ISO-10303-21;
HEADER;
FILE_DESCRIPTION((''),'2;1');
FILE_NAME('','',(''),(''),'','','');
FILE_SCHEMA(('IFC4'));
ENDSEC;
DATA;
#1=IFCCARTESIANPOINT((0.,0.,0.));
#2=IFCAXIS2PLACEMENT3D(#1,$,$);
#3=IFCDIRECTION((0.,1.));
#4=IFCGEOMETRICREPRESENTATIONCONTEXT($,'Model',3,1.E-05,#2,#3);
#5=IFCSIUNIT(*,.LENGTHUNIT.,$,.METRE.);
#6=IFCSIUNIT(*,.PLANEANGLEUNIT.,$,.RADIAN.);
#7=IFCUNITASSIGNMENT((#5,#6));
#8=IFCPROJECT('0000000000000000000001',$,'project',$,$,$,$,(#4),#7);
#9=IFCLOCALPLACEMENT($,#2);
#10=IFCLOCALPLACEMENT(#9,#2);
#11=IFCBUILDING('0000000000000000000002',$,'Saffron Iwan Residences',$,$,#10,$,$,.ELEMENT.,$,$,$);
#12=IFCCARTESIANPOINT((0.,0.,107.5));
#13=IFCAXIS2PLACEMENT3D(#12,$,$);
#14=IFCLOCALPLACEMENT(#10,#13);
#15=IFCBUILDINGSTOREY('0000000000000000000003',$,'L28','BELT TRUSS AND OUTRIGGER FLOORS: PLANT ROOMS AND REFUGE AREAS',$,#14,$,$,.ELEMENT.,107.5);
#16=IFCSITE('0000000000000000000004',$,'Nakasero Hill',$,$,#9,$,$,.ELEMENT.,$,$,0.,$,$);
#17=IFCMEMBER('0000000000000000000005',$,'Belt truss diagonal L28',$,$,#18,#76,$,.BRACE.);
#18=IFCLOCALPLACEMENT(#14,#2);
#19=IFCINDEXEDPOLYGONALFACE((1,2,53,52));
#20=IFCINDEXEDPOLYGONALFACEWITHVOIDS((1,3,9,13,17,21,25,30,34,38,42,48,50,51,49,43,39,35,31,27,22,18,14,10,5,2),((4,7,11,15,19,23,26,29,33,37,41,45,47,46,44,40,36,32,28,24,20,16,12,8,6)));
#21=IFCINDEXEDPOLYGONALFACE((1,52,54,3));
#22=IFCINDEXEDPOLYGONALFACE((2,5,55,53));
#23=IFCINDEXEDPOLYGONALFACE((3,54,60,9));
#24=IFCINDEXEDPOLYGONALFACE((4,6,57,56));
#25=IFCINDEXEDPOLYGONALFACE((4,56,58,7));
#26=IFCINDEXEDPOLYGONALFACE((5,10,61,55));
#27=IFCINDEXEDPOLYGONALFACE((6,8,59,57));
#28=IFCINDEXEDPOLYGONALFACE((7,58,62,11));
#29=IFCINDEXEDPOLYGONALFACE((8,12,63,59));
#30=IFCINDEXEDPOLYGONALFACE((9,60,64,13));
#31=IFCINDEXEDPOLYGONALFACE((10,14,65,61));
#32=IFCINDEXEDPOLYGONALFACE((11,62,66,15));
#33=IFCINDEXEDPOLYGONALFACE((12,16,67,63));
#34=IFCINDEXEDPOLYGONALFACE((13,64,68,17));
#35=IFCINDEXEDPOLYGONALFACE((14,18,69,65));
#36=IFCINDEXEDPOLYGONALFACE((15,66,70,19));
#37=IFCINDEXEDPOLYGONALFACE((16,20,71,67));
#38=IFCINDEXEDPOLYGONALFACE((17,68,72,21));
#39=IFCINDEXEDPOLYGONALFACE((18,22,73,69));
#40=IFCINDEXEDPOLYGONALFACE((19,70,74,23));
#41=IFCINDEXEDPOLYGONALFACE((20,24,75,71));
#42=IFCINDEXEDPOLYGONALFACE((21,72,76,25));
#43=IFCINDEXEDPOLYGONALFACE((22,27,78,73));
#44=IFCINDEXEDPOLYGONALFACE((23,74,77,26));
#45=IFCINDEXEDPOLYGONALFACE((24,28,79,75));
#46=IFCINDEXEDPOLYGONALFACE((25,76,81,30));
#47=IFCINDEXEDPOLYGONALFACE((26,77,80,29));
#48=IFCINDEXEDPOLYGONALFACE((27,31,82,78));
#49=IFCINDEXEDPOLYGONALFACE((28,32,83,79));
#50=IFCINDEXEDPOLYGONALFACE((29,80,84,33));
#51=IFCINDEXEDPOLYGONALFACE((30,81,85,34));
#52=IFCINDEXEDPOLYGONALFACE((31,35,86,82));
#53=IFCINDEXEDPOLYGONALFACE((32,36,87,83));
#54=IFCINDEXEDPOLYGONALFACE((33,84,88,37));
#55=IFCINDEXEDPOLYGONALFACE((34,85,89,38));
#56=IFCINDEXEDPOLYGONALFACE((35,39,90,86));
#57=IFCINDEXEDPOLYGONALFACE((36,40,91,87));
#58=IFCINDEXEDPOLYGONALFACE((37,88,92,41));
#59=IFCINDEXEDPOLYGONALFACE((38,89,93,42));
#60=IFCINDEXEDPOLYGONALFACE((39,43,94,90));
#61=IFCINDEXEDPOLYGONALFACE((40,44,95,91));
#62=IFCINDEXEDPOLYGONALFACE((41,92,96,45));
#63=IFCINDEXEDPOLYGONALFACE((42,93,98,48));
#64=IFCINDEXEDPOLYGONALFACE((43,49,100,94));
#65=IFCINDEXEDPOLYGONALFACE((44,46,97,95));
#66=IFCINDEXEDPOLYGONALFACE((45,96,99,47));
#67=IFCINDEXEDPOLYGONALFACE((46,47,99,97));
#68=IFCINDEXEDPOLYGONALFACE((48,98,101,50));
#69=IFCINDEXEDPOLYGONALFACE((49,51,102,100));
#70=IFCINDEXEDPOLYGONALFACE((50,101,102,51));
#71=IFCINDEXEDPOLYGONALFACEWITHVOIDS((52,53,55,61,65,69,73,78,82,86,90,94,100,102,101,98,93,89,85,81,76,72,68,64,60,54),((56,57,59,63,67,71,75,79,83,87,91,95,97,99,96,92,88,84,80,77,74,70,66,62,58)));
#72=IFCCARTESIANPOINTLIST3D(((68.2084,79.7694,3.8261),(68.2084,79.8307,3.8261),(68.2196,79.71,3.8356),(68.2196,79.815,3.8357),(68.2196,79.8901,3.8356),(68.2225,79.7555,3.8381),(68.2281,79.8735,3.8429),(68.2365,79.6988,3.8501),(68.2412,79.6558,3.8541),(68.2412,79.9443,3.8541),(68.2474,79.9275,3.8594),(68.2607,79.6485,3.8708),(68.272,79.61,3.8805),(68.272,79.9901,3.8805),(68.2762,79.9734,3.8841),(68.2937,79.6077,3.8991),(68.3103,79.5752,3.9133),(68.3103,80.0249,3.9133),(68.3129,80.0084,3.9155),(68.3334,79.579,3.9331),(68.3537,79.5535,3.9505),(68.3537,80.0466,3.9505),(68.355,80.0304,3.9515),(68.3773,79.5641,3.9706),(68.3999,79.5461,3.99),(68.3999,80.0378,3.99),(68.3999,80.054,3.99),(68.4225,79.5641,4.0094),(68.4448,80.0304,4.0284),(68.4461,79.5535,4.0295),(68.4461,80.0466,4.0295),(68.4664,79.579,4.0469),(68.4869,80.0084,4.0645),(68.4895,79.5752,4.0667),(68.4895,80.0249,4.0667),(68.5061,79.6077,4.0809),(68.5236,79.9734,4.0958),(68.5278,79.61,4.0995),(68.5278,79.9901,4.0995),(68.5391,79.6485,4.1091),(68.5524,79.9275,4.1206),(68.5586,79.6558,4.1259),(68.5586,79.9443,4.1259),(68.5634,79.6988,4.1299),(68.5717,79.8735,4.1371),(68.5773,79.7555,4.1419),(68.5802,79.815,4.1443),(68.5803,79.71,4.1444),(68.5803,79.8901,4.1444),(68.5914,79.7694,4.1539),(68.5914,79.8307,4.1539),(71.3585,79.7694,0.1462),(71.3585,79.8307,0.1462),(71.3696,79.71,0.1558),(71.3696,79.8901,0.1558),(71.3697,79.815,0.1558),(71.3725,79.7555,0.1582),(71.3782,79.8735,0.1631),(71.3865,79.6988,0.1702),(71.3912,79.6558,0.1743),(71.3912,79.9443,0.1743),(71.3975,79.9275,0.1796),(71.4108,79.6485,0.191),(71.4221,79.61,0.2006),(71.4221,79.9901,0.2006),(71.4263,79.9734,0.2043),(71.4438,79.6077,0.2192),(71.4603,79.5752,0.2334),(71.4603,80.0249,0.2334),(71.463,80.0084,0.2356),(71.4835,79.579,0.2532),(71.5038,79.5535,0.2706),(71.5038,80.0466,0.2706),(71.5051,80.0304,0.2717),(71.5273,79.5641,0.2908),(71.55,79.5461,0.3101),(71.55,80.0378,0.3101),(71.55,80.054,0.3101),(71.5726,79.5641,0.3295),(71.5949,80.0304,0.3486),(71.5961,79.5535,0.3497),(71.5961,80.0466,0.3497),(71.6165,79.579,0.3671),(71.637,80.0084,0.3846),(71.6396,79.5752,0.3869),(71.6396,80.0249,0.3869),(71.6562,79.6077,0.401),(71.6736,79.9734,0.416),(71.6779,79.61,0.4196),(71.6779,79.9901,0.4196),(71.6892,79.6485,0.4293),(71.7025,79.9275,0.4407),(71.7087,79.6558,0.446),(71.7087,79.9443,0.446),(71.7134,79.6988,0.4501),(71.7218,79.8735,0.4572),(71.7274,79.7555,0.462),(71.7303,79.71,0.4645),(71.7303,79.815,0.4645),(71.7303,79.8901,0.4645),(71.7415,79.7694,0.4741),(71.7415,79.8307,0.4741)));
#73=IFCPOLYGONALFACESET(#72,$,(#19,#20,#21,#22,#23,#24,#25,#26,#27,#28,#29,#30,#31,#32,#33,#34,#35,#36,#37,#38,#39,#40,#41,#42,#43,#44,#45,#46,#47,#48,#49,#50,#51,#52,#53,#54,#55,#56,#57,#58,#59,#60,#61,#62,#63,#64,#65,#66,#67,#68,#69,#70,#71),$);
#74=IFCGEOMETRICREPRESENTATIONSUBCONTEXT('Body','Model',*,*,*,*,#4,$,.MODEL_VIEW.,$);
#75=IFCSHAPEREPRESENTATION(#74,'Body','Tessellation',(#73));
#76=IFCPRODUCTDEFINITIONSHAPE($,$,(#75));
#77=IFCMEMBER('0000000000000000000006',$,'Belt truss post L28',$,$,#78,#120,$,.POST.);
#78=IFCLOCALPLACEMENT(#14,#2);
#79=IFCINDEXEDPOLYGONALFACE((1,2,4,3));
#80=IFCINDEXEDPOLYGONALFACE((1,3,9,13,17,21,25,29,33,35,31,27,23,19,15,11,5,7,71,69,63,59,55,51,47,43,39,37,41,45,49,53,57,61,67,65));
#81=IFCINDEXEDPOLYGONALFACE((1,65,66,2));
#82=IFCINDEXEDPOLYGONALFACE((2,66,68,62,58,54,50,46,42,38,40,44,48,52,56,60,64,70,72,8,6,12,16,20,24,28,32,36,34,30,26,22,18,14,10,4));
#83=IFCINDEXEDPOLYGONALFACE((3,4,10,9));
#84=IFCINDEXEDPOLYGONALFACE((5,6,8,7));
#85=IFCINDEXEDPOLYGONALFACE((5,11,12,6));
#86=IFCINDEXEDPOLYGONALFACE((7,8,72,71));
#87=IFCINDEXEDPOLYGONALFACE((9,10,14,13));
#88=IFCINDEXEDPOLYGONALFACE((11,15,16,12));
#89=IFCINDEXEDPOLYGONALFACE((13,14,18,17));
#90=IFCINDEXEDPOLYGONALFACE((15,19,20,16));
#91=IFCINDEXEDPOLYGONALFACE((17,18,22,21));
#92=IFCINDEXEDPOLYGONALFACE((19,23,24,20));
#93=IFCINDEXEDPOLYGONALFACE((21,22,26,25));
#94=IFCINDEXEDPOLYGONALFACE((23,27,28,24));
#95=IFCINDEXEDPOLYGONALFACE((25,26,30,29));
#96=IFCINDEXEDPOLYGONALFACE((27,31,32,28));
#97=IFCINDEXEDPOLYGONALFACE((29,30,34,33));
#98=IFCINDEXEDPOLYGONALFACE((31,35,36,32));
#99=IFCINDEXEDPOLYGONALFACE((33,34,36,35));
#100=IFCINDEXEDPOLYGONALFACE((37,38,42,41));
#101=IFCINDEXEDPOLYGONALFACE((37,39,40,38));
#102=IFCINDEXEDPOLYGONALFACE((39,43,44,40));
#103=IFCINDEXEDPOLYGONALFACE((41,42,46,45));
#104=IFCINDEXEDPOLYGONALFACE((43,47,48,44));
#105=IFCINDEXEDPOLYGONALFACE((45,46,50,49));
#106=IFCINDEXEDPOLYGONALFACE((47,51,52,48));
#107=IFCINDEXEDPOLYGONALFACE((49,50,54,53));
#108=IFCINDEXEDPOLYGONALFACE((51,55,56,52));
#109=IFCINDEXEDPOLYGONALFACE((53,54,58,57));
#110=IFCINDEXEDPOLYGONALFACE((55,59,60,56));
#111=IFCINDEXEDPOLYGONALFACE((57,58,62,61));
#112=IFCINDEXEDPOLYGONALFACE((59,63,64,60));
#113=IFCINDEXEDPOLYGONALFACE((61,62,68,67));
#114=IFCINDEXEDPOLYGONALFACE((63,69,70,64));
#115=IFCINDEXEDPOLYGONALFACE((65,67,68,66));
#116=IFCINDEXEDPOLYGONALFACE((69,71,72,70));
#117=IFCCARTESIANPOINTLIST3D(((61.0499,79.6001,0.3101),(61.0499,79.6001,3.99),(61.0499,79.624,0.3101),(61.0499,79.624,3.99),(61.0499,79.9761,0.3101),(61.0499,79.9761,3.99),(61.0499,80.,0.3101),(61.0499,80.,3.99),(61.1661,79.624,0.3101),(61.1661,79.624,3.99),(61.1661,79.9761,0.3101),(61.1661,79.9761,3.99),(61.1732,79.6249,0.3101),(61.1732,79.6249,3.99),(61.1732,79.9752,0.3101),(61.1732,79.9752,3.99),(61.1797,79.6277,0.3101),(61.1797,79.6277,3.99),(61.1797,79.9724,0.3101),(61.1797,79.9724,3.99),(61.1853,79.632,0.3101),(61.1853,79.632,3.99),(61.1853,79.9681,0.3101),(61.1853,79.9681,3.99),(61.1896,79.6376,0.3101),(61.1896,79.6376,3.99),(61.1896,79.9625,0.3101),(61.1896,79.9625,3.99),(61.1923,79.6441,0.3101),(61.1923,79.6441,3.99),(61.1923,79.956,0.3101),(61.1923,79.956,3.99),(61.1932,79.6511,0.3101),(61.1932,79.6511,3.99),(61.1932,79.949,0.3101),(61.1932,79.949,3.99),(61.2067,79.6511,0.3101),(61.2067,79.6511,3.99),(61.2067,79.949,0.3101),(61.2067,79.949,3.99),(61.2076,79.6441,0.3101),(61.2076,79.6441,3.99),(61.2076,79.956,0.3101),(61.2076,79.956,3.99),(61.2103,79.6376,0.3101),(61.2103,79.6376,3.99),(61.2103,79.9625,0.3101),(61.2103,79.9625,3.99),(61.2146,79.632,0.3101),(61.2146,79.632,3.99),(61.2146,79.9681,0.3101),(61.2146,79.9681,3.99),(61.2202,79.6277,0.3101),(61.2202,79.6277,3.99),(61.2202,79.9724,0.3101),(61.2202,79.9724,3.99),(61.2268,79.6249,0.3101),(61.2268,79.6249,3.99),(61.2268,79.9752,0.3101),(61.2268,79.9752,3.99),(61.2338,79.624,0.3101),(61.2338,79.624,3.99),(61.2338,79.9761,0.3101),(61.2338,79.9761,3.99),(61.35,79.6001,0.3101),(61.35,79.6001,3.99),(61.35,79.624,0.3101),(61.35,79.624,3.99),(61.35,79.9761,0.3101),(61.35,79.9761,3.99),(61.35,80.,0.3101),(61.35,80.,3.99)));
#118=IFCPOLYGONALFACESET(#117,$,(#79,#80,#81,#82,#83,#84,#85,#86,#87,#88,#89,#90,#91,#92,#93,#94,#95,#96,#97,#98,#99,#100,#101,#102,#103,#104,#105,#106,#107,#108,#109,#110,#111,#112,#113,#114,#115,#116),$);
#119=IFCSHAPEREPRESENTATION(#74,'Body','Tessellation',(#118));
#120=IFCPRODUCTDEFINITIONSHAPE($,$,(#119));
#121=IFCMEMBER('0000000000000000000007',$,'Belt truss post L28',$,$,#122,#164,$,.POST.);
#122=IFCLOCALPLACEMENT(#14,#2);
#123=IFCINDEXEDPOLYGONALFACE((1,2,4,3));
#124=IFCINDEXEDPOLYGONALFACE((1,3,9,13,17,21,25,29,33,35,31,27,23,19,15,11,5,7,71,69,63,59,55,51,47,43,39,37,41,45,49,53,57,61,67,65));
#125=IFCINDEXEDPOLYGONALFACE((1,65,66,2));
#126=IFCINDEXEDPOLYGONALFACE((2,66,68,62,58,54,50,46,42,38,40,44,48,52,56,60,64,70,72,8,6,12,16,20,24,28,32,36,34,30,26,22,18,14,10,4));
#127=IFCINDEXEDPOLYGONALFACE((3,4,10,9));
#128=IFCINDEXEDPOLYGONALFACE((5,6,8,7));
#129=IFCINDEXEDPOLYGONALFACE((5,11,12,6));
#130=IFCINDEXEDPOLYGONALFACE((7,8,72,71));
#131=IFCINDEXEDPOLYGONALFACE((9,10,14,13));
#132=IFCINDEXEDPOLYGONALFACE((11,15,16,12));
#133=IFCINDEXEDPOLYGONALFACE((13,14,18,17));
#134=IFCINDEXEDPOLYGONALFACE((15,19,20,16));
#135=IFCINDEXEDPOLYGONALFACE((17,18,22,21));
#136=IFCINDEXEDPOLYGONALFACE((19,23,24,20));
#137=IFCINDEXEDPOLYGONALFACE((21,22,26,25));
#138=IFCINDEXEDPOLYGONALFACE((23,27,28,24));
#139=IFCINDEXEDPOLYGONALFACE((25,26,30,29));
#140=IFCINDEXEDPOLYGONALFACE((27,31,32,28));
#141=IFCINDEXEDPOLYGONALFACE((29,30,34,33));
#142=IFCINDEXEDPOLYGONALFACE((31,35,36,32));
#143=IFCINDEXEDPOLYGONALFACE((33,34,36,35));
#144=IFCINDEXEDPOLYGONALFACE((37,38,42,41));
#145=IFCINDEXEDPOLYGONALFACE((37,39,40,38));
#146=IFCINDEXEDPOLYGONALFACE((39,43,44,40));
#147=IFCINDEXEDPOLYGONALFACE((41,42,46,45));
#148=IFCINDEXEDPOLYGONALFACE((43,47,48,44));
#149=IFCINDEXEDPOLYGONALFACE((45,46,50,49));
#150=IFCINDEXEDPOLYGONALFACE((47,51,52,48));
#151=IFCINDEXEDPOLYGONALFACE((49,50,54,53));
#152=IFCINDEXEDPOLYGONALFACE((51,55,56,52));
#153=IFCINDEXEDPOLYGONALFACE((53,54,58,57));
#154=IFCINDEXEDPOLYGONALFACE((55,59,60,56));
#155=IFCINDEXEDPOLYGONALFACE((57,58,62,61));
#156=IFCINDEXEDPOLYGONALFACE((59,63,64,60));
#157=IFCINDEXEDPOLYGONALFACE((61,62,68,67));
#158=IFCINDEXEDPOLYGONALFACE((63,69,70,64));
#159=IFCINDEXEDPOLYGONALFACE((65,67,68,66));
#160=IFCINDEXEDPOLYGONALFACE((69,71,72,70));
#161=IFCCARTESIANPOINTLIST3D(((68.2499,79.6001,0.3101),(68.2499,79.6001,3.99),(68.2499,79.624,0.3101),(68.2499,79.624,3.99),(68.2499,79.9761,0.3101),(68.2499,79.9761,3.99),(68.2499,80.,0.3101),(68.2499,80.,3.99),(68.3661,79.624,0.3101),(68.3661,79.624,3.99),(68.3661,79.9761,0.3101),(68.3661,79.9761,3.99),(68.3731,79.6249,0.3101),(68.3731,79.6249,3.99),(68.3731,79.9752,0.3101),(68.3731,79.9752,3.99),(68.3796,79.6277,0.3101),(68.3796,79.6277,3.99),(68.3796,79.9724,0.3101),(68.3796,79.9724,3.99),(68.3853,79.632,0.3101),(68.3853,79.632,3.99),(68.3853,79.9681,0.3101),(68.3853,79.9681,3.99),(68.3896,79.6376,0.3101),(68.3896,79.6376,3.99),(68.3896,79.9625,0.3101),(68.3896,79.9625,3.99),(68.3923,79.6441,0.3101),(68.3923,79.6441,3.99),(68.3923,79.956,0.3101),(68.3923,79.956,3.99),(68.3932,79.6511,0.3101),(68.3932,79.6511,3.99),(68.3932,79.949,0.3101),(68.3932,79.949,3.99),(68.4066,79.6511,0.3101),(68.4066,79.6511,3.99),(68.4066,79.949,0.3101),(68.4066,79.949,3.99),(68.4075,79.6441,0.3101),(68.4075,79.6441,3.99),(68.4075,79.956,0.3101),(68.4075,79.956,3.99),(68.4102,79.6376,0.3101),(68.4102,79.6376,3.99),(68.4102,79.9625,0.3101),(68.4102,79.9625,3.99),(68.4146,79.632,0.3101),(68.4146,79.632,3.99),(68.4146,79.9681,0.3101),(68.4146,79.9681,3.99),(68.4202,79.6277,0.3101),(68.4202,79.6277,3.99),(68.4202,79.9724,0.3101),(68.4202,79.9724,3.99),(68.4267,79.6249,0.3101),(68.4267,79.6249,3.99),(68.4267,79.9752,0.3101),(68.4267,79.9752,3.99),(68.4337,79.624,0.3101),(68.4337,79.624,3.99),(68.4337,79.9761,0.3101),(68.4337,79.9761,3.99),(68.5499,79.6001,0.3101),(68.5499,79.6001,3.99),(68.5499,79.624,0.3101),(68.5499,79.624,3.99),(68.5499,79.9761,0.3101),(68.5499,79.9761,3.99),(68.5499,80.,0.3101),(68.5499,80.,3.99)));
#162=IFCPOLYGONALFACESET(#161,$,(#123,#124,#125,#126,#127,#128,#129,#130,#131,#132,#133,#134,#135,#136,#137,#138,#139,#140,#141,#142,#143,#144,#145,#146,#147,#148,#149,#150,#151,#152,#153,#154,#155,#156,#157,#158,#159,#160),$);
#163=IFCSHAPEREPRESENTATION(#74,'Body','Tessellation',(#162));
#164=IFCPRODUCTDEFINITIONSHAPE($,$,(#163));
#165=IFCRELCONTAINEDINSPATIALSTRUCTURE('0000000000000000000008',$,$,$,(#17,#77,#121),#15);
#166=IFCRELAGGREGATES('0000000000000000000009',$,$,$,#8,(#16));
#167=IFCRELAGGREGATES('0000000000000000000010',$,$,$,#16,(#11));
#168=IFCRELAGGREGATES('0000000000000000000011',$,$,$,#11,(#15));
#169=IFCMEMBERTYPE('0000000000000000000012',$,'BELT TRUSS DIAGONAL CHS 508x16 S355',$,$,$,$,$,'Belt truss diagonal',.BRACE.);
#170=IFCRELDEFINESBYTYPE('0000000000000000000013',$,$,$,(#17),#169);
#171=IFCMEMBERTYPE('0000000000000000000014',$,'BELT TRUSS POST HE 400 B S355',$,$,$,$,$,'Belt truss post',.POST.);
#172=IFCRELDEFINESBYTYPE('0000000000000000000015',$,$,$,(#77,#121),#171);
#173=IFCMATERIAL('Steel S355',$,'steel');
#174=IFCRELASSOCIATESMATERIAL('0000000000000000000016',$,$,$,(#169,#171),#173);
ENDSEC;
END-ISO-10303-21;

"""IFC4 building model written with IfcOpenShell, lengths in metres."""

from ifc_helpers import new_model, si_unit, direction, frame, origin, origin_2d, place, context, subcontext, project, spatial, hollow_circle, i_section, extrude, source, transform, mapped, material, material_profile, profile_set, type_object, element, save


model = new_model("IFC4")

# Units and contexts
model_context = context("Model", 3, precision=1e-05, world=origin(), true_north=direction((0.0, 1.0)))
body_context = subcontext(model_context, "Body", "Model", "MODEL_VIEW")
ifc_project = project(units=[si_unit("LENGTHUNIT", "METRE"), si_unit("PLANEANGLEUNIT", "RADIAN")], contexts=[model_context])

# Site, building, storey
site_placement = place(None, origin())
site = spatial("IfcSite", under=ifc_project, at=site_placement, Name="Nakasero Hill", CompositionType="ELEMENT", RefElevation=0.0)
building_placement = place(site_placement, origin())
building = spatial("IfcBuilding", under=site, at=building_placement, Name="Saffron Iwan Residences", CompositionType="ELEMENT")
storey_placement = place(building_placement, frame((0.0, 0.0, 107.5)))
storey = spatial("IfcBuildingStorey", under=building, at=storey_placement, Name="L28", Description="BELT TRUSS AND OUTRIGGER FLOORS: PLANT ROOMS AND REFUGE AREAS", CompositionType="ELEMENT", Elevation=107.5)

# Members
ifc_material_1 = material(Name="Steel S355", Category="steel")
ifc_material_profile_1 = material_profile(ifc_material_1, hollow_circle(Radius=0.2539, WallThickness=0.0161, at=origin_2d()), Name="CHS 508x16")
ifc_profile_set_1 = profile_set([ifc_material_profile_1], Name="Steel S355")
member_type_1 = type_object("IfcMemberType", Name="BELT TRUSS DIAGONAL CHS 508x16 S355", ElementType="Belt truss diagonal", PredefinedType="BRACE", material=ifc_profile_set_1)
shared_shape_1 = source(origin(), body_context, "Body", "SweptSolid", [
    extrude(hollow_circle(Radius=0.2539, WallThickness=0.0161, at=origin_2d()), origin(), (0.0, 0.0, 1.0), 4.844),
])
for number, where, z_axis, x_axis, name in (
    (1, (68.3999, 79.8, 3.99), (0.650306, 0.0, -0.759673), (0.0, 1.0, 0.0), "Belt truss diagonal L28"),
):
    element("IfcMember", number, at=place(storey_placement, frame(where, z_axis=z_axis, x_axis=x_axis)), inside=storey, type_object=member_type_1, Name=name, PredefinedType="BRACE", context=body_context, shape_type="MappedRepresentation", body=[
        mapped(shared_shape_1, transform((0.0, 0.0, 0.0))),
    ])
ifc_material_profile_2 = material_profile(ifc_material_1, i_section(OverallWidth=0.3, OverallDepth=0.3999, WebThickness=0.0134, FlangeThickness=0.0239, FilletRadius=0.0271, at=origin_2d()), Name="HE 400 B")
ifc_profile_set_2 = profile_set([ifc_material_profile_2], Name="Steel S355")
member_type_2 = type_object("IfcMemberType", Name="BELT TRUSS POST HE 400 B S355", ElementType="Belt truss post", PredefinedType="POST", material=ifc_profile_set_2)
shared_shape_2 = source(origin(), body_context, "Body", "SweptSolid", [
    extrude(i_section(OverallWidth=0.3, OverallDepth=0.3999, WebThickness=0.0134, FlangeThickness=0.0239, FilletRadius=0.0271, at=origin_2d()), origin(), (0.0, 0.0, 1.0), 3.6799),
])
for number, where, z_axis, x_axis, name in (
    (2, (61.2, 79.8, 0.3101), (0.0, 0.0, 1.0), (1.0, 0.0, 0.0), "Belt truss post L28"),
    (3, (68.3999, 79.8, 0.3101), (0.0, 0.0, 1.0), (1.0, 0.0, 0.0), "Belt truss post L28"),
):
    element("IfcMember", number, at=place(storey_placement, frame(where, z_axis=z_axis, x_axis=x_axis)), inside=storey, type_object=member_type_2, Name=name, PredefinedType="POST", context=body_context, shape_type="MappedRepresentation", body=[
        mapped(shared_shape_2, transform((0.0, 0.0, 0.0))),
    ])

save(model, "model.ifc")
